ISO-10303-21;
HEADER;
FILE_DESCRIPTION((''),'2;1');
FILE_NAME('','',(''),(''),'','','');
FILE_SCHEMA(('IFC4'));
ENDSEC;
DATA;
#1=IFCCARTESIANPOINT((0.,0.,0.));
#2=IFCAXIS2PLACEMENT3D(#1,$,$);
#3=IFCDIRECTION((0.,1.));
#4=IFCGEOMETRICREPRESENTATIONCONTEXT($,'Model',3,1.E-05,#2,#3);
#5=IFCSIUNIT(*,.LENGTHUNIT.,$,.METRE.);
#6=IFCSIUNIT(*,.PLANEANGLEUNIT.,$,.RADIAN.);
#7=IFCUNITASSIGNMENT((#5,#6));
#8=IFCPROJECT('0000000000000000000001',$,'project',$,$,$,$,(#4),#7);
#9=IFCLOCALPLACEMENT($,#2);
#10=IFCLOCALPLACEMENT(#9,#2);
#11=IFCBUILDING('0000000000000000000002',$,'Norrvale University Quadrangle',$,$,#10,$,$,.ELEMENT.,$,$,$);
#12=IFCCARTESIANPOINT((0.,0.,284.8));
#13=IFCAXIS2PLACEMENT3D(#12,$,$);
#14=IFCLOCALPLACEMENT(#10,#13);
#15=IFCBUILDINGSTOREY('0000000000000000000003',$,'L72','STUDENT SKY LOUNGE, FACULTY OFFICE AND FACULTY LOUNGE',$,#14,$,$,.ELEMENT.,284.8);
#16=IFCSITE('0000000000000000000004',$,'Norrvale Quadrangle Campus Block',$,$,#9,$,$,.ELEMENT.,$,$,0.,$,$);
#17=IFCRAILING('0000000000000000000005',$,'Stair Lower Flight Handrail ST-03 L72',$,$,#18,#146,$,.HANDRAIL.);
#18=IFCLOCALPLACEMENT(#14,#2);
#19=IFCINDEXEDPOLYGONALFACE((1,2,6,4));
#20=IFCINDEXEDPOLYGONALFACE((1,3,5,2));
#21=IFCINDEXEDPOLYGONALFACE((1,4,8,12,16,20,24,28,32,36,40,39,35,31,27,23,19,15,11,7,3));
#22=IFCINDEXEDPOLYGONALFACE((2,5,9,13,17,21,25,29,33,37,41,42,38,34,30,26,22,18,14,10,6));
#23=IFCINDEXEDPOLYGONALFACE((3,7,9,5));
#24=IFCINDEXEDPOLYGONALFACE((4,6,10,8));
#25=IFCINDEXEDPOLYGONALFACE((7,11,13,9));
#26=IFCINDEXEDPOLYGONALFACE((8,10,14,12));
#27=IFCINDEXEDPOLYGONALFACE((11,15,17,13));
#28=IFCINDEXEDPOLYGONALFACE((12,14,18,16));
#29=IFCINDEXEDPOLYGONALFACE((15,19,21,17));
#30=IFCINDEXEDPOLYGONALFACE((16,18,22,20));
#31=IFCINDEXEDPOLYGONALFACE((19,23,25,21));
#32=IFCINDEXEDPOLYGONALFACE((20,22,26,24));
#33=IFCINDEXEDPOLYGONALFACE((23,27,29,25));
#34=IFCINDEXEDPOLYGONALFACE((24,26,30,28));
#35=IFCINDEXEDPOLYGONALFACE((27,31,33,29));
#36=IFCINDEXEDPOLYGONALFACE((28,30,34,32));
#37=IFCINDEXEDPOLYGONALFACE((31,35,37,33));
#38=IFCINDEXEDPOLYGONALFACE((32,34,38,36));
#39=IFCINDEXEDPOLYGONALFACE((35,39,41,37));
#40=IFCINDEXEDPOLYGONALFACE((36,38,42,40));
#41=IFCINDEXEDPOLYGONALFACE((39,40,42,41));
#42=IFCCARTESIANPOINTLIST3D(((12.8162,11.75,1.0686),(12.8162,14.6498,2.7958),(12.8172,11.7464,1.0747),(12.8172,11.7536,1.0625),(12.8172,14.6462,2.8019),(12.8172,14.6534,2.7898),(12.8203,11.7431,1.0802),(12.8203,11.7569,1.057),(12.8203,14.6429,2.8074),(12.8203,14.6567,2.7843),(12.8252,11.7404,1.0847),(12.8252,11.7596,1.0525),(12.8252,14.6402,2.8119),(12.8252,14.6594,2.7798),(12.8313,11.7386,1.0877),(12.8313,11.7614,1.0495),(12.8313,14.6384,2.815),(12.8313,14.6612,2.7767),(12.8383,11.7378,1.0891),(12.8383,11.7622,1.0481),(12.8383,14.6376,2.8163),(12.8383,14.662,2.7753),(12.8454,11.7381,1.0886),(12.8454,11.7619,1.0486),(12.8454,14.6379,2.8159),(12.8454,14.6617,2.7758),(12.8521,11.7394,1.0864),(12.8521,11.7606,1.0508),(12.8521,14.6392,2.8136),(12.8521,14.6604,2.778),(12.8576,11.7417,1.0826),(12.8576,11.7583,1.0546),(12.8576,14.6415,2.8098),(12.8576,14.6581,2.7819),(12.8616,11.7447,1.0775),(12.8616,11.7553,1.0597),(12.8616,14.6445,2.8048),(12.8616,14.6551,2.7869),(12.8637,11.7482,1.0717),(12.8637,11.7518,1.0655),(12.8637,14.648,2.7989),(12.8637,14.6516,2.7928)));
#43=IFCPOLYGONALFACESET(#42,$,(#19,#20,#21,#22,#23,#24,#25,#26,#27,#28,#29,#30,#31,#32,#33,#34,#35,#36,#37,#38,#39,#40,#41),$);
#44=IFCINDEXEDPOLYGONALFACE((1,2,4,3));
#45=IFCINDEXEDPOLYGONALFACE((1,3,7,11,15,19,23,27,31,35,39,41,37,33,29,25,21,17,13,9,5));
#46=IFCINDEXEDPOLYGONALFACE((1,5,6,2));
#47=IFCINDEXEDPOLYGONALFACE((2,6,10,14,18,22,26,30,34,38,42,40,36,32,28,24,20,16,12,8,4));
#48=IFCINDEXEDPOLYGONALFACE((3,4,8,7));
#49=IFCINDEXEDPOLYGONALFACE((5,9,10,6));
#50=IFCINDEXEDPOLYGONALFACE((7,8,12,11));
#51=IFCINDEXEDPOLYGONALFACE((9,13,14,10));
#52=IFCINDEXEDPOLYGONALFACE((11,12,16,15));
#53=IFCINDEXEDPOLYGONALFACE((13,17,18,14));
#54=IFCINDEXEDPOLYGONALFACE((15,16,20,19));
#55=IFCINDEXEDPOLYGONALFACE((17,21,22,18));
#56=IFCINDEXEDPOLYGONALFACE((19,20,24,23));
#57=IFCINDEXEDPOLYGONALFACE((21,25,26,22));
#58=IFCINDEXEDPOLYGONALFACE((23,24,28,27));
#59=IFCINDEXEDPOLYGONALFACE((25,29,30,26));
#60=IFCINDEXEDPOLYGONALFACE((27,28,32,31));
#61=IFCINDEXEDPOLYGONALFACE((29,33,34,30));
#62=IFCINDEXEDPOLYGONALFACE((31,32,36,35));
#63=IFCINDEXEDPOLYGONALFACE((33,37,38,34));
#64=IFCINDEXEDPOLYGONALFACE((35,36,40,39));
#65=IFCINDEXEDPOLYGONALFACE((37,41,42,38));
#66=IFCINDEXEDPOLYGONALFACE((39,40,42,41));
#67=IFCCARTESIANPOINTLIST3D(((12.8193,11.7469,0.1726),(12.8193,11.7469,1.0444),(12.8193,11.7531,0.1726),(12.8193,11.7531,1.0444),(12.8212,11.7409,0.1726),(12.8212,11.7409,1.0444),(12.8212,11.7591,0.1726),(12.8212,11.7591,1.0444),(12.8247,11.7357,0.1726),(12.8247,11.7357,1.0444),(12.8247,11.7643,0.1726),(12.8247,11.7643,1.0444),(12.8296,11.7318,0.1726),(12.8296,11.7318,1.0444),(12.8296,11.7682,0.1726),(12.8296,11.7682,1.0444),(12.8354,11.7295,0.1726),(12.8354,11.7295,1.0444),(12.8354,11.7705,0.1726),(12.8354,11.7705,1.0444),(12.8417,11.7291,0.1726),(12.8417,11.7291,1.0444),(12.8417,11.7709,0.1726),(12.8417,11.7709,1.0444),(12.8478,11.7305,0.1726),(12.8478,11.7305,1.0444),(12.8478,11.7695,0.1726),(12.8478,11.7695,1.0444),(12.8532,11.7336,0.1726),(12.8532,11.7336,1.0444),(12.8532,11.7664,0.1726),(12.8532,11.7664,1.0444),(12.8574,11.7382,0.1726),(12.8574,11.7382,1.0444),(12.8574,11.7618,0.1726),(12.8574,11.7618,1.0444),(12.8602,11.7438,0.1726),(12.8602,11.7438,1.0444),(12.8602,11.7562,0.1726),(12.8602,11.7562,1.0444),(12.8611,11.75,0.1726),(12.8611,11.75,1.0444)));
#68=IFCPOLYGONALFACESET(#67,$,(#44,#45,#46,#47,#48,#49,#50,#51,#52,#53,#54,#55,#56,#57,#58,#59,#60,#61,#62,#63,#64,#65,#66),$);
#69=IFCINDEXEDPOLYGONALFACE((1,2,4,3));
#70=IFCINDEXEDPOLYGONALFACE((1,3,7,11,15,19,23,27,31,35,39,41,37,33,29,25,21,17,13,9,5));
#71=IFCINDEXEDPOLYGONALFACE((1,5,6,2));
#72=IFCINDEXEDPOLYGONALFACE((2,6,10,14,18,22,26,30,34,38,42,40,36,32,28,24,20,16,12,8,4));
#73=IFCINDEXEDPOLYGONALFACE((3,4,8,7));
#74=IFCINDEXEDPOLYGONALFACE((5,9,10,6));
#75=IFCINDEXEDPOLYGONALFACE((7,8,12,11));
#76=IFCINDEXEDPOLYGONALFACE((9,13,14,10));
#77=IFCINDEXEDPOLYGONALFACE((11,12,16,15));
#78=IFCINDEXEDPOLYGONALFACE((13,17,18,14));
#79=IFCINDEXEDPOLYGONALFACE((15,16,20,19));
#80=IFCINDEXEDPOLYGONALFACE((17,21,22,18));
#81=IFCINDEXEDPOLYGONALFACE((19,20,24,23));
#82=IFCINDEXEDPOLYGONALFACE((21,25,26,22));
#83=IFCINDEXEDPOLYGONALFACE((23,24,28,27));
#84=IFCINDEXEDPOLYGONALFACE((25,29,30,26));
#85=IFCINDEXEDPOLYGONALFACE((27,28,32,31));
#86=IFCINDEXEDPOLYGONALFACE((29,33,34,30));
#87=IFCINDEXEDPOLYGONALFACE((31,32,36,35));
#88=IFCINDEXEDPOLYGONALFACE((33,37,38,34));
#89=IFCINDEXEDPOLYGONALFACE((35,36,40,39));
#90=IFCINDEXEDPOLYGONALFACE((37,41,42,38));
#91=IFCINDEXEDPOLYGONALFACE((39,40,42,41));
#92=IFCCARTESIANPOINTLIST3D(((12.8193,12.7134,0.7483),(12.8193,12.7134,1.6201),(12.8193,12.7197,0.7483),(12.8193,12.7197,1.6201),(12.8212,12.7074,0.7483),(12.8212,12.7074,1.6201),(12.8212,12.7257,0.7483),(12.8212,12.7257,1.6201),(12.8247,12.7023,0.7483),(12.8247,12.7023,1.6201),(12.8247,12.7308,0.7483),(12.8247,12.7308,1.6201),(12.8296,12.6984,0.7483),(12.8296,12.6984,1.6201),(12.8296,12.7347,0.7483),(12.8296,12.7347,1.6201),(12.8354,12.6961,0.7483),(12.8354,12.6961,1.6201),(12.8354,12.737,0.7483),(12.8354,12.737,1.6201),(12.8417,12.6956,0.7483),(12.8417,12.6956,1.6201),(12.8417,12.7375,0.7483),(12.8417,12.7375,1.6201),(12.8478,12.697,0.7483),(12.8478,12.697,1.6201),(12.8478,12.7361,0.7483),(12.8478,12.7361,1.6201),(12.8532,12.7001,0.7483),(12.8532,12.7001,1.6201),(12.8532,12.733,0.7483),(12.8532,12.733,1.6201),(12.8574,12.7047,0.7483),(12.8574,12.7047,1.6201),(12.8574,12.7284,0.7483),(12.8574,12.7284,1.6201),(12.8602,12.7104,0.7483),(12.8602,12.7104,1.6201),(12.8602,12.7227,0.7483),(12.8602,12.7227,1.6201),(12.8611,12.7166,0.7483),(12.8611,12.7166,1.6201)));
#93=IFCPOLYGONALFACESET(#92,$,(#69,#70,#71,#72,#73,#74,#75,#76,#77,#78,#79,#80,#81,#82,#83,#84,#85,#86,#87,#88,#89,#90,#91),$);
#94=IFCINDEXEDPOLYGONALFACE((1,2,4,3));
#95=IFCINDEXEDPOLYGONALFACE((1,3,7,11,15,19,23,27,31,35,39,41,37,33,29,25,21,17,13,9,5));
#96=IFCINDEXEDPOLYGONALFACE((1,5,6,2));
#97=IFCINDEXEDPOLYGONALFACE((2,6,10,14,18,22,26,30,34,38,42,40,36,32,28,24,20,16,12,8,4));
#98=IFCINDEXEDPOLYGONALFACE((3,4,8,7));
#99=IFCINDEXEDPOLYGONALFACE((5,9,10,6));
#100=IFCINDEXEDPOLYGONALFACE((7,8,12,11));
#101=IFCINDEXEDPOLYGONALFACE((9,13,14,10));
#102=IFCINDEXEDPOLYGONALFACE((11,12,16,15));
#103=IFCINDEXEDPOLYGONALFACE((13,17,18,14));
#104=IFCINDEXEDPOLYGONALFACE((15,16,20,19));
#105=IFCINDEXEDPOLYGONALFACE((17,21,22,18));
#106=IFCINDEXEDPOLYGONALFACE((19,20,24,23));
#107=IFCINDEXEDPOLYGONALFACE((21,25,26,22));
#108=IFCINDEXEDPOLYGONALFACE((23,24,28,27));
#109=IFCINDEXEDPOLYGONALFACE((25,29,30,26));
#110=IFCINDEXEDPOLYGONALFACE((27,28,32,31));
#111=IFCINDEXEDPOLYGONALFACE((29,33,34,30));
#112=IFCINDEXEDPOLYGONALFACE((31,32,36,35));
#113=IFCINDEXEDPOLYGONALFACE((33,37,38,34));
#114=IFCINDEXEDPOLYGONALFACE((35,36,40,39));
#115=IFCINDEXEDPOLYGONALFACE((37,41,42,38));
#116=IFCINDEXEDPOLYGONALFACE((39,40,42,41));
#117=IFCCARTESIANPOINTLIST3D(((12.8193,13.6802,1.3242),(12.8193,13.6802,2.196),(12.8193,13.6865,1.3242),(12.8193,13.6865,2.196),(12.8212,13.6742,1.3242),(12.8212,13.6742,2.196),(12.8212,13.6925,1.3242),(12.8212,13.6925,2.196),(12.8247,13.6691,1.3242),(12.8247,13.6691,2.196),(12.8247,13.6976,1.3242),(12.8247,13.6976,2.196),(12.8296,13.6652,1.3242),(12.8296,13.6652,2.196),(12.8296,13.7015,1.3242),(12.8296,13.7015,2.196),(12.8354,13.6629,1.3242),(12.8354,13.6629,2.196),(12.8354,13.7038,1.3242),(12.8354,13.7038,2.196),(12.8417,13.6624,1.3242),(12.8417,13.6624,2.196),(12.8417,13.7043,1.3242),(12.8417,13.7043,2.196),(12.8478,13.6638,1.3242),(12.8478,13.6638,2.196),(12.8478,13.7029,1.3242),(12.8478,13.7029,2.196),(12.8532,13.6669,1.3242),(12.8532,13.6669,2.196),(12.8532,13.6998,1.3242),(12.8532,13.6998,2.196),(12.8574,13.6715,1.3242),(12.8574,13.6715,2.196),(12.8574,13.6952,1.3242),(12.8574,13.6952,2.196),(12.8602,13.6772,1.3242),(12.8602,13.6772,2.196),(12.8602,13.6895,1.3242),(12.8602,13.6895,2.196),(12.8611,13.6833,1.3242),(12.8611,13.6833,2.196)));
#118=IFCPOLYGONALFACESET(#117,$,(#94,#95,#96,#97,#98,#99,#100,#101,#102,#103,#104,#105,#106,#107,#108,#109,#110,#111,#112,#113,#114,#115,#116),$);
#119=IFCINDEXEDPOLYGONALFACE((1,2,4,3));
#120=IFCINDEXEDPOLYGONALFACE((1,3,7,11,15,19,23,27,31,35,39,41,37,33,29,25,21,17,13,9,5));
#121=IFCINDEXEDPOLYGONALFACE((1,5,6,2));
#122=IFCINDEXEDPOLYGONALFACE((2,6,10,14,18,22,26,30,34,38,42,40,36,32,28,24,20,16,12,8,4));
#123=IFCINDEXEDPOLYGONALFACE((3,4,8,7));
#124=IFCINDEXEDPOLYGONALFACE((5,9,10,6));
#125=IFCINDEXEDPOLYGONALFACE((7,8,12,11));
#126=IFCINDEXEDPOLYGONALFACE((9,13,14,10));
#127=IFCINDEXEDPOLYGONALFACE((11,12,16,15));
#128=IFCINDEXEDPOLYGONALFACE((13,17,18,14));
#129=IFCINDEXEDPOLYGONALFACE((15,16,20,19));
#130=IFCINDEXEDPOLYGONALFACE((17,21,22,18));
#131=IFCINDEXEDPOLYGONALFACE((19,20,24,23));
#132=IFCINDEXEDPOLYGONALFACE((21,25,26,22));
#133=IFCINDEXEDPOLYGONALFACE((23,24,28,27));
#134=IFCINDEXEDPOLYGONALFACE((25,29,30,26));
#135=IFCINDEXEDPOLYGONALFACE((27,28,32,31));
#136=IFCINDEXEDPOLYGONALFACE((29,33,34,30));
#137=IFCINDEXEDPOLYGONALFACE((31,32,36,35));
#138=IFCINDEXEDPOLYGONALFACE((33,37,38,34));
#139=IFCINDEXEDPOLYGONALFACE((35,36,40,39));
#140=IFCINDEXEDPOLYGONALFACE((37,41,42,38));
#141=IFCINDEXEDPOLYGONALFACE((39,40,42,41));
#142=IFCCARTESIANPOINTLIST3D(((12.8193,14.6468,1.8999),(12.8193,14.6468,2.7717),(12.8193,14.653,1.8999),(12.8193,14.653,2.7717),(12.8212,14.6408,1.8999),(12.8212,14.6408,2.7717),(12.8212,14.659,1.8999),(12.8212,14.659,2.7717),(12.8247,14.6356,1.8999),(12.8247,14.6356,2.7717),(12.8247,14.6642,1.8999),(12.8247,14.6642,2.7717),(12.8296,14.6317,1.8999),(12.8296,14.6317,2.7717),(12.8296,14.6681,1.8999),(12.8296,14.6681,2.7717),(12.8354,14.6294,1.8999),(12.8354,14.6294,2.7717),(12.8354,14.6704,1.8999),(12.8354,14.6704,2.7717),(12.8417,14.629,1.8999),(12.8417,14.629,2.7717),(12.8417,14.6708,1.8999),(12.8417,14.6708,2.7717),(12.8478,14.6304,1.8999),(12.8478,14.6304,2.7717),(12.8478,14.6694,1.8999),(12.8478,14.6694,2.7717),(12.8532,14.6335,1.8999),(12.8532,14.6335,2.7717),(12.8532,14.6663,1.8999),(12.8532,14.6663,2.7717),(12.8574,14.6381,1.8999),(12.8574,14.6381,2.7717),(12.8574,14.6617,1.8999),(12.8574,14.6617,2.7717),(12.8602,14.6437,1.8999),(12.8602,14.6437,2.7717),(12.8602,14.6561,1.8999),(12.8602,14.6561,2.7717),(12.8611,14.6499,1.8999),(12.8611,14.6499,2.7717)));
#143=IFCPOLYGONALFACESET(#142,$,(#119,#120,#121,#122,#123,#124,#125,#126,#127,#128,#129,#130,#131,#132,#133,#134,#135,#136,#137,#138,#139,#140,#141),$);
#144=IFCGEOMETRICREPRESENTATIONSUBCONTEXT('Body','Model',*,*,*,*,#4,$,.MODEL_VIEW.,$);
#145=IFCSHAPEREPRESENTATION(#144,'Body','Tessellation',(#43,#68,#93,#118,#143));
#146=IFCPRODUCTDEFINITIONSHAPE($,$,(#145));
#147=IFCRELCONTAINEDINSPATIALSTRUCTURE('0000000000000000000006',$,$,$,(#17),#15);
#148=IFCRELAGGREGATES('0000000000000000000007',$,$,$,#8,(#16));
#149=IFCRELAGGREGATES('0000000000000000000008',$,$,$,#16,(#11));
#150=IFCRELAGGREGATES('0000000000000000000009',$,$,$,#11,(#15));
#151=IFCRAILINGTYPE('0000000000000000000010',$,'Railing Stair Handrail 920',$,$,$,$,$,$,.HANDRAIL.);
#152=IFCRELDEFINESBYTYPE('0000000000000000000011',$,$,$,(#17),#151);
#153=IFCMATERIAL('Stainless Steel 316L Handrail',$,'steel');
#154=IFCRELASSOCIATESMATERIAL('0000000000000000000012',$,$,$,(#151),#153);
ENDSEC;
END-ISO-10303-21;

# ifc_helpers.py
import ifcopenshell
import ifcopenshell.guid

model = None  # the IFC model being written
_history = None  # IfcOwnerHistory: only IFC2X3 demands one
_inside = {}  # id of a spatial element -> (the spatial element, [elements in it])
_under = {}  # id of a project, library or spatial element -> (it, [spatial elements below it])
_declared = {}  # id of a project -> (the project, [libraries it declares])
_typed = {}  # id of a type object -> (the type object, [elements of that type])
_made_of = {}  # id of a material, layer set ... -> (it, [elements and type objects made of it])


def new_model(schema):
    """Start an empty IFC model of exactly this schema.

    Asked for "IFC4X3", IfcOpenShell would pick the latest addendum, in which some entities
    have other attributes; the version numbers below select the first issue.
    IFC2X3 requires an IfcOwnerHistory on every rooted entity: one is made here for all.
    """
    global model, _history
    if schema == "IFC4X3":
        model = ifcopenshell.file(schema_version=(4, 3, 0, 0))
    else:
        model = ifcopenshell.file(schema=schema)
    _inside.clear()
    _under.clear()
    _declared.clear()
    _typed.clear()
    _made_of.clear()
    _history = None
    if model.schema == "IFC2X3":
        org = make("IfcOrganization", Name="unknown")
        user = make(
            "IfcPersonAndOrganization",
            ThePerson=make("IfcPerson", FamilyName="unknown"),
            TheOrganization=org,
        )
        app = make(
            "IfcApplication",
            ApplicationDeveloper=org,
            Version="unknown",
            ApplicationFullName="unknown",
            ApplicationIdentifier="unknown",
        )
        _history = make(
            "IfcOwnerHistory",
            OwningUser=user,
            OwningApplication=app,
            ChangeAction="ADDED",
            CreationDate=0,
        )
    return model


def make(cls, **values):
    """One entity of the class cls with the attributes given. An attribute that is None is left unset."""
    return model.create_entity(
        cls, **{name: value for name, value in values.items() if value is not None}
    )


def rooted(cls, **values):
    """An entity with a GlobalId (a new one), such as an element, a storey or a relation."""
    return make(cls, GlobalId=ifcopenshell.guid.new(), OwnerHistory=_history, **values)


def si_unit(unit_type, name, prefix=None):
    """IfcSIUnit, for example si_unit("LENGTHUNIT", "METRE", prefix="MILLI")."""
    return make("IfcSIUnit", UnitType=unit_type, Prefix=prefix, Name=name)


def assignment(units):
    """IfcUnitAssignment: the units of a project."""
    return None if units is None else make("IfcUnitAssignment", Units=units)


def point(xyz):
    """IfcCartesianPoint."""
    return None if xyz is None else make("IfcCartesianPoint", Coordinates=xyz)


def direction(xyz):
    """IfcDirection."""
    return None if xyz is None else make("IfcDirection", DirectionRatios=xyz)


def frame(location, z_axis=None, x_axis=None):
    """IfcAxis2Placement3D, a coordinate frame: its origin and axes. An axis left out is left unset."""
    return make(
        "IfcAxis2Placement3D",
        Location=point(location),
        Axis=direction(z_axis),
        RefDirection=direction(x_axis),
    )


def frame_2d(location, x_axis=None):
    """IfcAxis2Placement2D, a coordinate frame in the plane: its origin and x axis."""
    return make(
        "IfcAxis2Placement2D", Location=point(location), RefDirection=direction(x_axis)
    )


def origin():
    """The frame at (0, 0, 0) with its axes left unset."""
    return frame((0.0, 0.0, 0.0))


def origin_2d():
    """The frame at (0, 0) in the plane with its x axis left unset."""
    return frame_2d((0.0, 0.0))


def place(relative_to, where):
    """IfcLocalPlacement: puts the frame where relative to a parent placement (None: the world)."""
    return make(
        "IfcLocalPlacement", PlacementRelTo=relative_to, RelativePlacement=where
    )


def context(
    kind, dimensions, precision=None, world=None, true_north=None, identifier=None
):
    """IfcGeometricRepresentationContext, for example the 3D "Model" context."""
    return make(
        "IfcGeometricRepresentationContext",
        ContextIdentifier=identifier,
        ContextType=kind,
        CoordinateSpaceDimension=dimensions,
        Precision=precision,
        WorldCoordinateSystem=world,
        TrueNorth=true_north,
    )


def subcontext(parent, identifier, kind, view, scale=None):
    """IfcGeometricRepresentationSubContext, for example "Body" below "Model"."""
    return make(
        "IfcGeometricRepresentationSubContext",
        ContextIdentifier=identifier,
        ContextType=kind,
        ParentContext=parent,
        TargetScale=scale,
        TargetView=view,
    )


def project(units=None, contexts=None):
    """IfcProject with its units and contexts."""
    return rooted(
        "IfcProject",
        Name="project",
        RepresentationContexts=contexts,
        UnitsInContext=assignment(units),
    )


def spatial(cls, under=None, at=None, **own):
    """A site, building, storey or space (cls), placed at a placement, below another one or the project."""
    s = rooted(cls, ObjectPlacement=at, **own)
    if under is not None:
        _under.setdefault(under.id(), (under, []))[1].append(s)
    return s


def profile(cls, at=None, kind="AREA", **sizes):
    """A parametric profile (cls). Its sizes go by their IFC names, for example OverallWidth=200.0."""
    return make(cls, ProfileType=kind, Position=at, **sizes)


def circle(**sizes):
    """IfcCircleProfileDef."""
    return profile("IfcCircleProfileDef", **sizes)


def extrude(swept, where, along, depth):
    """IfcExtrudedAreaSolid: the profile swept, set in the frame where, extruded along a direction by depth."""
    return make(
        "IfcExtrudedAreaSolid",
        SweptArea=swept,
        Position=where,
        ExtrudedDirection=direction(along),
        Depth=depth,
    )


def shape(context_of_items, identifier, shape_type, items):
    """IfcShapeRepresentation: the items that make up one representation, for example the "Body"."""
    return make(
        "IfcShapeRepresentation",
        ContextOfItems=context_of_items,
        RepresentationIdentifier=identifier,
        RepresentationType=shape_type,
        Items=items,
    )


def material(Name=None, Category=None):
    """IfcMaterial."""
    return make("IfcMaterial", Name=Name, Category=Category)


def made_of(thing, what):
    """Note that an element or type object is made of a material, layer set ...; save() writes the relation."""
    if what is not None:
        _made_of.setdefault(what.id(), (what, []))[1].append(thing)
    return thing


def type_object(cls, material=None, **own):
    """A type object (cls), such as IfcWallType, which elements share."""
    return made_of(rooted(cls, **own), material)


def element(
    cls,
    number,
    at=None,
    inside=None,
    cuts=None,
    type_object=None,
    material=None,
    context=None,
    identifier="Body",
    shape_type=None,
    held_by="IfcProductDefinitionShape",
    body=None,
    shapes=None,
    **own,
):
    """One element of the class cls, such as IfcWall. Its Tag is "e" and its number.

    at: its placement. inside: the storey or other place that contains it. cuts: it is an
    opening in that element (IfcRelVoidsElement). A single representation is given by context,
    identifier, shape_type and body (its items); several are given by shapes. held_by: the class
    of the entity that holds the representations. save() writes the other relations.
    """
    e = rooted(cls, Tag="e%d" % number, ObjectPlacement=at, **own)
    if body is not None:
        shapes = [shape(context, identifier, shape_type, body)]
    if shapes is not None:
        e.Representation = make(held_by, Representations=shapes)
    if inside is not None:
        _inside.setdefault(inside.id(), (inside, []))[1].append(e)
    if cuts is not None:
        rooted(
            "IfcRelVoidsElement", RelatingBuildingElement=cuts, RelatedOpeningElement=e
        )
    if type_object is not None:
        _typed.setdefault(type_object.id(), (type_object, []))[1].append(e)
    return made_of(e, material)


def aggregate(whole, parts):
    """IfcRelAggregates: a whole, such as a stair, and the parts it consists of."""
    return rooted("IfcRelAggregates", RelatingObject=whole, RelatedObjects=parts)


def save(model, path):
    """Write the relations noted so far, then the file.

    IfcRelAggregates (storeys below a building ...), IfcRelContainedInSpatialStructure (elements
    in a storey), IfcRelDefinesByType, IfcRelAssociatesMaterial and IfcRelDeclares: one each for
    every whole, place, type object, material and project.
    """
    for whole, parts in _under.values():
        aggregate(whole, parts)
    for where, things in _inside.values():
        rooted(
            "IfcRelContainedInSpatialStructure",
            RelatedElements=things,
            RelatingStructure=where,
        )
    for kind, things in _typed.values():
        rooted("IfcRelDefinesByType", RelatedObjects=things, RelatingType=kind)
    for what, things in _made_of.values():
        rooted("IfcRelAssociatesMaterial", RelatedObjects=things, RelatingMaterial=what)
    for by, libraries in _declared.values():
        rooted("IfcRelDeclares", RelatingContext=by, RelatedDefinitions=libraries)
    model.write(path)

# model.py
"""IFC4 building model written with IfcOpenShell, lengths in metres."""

from ifc_helpers import new_model, si_unit, direction, frame, origin, origin_2d, place, context, subcontext, project, spatial, circle, extrude, material, type_object, element, save


model = new_model("IFC4")

# Units and contexts
model_context = context("Model", 3, precision=1e-05, world=origin(), true_north=direction((0.0, 1.0)))
body_context = subcontext(model_context, "Body", "Model", "MODEL_VIEW")
ifc_project = project(units=[si_unit("LENGTHUNIT", "METRE"), si_unit("PLANEANGLEUNIT", "RADIAN")], contexts=[model_context])

# Site, building, storey
site_placement = place(None, origin())
site = spatial("IfcSite", under=ifc_project, at=site_placement, Name="Norrvale Quadrangle Campus Block", CompositionType="ELEMENT", RefElevation=0.0)
building_placement = place(site_placement, origin())
building = spatial("IfcBuilding", under=site, at=building_placement, Name="Norrvale University Quadrangle", CompositionType="ELEMENT")
storey_placement = place(building_placement, frame((0.0, 0.0, 284.8)))
storey = spatial("IfcBuildingStorey", under=building, at=storey_placement, Name="L72", Description="STUDENT SKY LOUNGE, FACULTY OFFICE AND FACULTY LOUNGE", CompositionType="ELEMENT", Elevation=284.8)

# Railing
ifc_material_1 = material(Name="Stainless Steel 316L Handrail", Category="steel")
railing_type_1 = type_object("IfcRailingType", Name="Railing Stair Handrail 920", PredefinedType="HANDRAIL", material=ifc_material_1)
railing_1_placement = place(storey_placement, frame((12.8401, 11.75, 0.1726)))
element("IfcRailing", 1, at=railing_1_placement, inside=storey, type_object=railing_type_1, Name="Stair Lower Flight Handrail ST-03 L72", PredefinedType="HANDRAIL", context=body_context, shape_type="SweptSolid", body=[
    extrude(circle(Radius=0.0239, at=origin_2d()), frame((0.0, 0.0, 0.896), z_axis=(0.0, 0.859141, 0.511738), x_axis=(-1.0, 0.0, 0.0)), (0.0, 0.0, 1.0), 3.3752),
    extrude(circle(Radius=0.021, at=origin_2d()), origin(), (0.0, 0.0, 1.0), 0.8718),
    extrude(circle(Radius=0.021, at=origin_2d()), frame((0.0, 0.9666, 0.5757)), (0.0, 0.0, 1.0), 0.8718),
    extrude(circle(Radius=0.021, at=origin_2d()), frame((0.0, 1.9333, 1.1516)), (0.0, 0.0, 1.0), 0.8718),
    extrude(circle(Radius=0.021, at=origin_2d()), frame((0.0, 2.8999, 1.7273)), (0.0, 0.0, 1.0), 0.8718),
])

save(model, "model.ifc")
